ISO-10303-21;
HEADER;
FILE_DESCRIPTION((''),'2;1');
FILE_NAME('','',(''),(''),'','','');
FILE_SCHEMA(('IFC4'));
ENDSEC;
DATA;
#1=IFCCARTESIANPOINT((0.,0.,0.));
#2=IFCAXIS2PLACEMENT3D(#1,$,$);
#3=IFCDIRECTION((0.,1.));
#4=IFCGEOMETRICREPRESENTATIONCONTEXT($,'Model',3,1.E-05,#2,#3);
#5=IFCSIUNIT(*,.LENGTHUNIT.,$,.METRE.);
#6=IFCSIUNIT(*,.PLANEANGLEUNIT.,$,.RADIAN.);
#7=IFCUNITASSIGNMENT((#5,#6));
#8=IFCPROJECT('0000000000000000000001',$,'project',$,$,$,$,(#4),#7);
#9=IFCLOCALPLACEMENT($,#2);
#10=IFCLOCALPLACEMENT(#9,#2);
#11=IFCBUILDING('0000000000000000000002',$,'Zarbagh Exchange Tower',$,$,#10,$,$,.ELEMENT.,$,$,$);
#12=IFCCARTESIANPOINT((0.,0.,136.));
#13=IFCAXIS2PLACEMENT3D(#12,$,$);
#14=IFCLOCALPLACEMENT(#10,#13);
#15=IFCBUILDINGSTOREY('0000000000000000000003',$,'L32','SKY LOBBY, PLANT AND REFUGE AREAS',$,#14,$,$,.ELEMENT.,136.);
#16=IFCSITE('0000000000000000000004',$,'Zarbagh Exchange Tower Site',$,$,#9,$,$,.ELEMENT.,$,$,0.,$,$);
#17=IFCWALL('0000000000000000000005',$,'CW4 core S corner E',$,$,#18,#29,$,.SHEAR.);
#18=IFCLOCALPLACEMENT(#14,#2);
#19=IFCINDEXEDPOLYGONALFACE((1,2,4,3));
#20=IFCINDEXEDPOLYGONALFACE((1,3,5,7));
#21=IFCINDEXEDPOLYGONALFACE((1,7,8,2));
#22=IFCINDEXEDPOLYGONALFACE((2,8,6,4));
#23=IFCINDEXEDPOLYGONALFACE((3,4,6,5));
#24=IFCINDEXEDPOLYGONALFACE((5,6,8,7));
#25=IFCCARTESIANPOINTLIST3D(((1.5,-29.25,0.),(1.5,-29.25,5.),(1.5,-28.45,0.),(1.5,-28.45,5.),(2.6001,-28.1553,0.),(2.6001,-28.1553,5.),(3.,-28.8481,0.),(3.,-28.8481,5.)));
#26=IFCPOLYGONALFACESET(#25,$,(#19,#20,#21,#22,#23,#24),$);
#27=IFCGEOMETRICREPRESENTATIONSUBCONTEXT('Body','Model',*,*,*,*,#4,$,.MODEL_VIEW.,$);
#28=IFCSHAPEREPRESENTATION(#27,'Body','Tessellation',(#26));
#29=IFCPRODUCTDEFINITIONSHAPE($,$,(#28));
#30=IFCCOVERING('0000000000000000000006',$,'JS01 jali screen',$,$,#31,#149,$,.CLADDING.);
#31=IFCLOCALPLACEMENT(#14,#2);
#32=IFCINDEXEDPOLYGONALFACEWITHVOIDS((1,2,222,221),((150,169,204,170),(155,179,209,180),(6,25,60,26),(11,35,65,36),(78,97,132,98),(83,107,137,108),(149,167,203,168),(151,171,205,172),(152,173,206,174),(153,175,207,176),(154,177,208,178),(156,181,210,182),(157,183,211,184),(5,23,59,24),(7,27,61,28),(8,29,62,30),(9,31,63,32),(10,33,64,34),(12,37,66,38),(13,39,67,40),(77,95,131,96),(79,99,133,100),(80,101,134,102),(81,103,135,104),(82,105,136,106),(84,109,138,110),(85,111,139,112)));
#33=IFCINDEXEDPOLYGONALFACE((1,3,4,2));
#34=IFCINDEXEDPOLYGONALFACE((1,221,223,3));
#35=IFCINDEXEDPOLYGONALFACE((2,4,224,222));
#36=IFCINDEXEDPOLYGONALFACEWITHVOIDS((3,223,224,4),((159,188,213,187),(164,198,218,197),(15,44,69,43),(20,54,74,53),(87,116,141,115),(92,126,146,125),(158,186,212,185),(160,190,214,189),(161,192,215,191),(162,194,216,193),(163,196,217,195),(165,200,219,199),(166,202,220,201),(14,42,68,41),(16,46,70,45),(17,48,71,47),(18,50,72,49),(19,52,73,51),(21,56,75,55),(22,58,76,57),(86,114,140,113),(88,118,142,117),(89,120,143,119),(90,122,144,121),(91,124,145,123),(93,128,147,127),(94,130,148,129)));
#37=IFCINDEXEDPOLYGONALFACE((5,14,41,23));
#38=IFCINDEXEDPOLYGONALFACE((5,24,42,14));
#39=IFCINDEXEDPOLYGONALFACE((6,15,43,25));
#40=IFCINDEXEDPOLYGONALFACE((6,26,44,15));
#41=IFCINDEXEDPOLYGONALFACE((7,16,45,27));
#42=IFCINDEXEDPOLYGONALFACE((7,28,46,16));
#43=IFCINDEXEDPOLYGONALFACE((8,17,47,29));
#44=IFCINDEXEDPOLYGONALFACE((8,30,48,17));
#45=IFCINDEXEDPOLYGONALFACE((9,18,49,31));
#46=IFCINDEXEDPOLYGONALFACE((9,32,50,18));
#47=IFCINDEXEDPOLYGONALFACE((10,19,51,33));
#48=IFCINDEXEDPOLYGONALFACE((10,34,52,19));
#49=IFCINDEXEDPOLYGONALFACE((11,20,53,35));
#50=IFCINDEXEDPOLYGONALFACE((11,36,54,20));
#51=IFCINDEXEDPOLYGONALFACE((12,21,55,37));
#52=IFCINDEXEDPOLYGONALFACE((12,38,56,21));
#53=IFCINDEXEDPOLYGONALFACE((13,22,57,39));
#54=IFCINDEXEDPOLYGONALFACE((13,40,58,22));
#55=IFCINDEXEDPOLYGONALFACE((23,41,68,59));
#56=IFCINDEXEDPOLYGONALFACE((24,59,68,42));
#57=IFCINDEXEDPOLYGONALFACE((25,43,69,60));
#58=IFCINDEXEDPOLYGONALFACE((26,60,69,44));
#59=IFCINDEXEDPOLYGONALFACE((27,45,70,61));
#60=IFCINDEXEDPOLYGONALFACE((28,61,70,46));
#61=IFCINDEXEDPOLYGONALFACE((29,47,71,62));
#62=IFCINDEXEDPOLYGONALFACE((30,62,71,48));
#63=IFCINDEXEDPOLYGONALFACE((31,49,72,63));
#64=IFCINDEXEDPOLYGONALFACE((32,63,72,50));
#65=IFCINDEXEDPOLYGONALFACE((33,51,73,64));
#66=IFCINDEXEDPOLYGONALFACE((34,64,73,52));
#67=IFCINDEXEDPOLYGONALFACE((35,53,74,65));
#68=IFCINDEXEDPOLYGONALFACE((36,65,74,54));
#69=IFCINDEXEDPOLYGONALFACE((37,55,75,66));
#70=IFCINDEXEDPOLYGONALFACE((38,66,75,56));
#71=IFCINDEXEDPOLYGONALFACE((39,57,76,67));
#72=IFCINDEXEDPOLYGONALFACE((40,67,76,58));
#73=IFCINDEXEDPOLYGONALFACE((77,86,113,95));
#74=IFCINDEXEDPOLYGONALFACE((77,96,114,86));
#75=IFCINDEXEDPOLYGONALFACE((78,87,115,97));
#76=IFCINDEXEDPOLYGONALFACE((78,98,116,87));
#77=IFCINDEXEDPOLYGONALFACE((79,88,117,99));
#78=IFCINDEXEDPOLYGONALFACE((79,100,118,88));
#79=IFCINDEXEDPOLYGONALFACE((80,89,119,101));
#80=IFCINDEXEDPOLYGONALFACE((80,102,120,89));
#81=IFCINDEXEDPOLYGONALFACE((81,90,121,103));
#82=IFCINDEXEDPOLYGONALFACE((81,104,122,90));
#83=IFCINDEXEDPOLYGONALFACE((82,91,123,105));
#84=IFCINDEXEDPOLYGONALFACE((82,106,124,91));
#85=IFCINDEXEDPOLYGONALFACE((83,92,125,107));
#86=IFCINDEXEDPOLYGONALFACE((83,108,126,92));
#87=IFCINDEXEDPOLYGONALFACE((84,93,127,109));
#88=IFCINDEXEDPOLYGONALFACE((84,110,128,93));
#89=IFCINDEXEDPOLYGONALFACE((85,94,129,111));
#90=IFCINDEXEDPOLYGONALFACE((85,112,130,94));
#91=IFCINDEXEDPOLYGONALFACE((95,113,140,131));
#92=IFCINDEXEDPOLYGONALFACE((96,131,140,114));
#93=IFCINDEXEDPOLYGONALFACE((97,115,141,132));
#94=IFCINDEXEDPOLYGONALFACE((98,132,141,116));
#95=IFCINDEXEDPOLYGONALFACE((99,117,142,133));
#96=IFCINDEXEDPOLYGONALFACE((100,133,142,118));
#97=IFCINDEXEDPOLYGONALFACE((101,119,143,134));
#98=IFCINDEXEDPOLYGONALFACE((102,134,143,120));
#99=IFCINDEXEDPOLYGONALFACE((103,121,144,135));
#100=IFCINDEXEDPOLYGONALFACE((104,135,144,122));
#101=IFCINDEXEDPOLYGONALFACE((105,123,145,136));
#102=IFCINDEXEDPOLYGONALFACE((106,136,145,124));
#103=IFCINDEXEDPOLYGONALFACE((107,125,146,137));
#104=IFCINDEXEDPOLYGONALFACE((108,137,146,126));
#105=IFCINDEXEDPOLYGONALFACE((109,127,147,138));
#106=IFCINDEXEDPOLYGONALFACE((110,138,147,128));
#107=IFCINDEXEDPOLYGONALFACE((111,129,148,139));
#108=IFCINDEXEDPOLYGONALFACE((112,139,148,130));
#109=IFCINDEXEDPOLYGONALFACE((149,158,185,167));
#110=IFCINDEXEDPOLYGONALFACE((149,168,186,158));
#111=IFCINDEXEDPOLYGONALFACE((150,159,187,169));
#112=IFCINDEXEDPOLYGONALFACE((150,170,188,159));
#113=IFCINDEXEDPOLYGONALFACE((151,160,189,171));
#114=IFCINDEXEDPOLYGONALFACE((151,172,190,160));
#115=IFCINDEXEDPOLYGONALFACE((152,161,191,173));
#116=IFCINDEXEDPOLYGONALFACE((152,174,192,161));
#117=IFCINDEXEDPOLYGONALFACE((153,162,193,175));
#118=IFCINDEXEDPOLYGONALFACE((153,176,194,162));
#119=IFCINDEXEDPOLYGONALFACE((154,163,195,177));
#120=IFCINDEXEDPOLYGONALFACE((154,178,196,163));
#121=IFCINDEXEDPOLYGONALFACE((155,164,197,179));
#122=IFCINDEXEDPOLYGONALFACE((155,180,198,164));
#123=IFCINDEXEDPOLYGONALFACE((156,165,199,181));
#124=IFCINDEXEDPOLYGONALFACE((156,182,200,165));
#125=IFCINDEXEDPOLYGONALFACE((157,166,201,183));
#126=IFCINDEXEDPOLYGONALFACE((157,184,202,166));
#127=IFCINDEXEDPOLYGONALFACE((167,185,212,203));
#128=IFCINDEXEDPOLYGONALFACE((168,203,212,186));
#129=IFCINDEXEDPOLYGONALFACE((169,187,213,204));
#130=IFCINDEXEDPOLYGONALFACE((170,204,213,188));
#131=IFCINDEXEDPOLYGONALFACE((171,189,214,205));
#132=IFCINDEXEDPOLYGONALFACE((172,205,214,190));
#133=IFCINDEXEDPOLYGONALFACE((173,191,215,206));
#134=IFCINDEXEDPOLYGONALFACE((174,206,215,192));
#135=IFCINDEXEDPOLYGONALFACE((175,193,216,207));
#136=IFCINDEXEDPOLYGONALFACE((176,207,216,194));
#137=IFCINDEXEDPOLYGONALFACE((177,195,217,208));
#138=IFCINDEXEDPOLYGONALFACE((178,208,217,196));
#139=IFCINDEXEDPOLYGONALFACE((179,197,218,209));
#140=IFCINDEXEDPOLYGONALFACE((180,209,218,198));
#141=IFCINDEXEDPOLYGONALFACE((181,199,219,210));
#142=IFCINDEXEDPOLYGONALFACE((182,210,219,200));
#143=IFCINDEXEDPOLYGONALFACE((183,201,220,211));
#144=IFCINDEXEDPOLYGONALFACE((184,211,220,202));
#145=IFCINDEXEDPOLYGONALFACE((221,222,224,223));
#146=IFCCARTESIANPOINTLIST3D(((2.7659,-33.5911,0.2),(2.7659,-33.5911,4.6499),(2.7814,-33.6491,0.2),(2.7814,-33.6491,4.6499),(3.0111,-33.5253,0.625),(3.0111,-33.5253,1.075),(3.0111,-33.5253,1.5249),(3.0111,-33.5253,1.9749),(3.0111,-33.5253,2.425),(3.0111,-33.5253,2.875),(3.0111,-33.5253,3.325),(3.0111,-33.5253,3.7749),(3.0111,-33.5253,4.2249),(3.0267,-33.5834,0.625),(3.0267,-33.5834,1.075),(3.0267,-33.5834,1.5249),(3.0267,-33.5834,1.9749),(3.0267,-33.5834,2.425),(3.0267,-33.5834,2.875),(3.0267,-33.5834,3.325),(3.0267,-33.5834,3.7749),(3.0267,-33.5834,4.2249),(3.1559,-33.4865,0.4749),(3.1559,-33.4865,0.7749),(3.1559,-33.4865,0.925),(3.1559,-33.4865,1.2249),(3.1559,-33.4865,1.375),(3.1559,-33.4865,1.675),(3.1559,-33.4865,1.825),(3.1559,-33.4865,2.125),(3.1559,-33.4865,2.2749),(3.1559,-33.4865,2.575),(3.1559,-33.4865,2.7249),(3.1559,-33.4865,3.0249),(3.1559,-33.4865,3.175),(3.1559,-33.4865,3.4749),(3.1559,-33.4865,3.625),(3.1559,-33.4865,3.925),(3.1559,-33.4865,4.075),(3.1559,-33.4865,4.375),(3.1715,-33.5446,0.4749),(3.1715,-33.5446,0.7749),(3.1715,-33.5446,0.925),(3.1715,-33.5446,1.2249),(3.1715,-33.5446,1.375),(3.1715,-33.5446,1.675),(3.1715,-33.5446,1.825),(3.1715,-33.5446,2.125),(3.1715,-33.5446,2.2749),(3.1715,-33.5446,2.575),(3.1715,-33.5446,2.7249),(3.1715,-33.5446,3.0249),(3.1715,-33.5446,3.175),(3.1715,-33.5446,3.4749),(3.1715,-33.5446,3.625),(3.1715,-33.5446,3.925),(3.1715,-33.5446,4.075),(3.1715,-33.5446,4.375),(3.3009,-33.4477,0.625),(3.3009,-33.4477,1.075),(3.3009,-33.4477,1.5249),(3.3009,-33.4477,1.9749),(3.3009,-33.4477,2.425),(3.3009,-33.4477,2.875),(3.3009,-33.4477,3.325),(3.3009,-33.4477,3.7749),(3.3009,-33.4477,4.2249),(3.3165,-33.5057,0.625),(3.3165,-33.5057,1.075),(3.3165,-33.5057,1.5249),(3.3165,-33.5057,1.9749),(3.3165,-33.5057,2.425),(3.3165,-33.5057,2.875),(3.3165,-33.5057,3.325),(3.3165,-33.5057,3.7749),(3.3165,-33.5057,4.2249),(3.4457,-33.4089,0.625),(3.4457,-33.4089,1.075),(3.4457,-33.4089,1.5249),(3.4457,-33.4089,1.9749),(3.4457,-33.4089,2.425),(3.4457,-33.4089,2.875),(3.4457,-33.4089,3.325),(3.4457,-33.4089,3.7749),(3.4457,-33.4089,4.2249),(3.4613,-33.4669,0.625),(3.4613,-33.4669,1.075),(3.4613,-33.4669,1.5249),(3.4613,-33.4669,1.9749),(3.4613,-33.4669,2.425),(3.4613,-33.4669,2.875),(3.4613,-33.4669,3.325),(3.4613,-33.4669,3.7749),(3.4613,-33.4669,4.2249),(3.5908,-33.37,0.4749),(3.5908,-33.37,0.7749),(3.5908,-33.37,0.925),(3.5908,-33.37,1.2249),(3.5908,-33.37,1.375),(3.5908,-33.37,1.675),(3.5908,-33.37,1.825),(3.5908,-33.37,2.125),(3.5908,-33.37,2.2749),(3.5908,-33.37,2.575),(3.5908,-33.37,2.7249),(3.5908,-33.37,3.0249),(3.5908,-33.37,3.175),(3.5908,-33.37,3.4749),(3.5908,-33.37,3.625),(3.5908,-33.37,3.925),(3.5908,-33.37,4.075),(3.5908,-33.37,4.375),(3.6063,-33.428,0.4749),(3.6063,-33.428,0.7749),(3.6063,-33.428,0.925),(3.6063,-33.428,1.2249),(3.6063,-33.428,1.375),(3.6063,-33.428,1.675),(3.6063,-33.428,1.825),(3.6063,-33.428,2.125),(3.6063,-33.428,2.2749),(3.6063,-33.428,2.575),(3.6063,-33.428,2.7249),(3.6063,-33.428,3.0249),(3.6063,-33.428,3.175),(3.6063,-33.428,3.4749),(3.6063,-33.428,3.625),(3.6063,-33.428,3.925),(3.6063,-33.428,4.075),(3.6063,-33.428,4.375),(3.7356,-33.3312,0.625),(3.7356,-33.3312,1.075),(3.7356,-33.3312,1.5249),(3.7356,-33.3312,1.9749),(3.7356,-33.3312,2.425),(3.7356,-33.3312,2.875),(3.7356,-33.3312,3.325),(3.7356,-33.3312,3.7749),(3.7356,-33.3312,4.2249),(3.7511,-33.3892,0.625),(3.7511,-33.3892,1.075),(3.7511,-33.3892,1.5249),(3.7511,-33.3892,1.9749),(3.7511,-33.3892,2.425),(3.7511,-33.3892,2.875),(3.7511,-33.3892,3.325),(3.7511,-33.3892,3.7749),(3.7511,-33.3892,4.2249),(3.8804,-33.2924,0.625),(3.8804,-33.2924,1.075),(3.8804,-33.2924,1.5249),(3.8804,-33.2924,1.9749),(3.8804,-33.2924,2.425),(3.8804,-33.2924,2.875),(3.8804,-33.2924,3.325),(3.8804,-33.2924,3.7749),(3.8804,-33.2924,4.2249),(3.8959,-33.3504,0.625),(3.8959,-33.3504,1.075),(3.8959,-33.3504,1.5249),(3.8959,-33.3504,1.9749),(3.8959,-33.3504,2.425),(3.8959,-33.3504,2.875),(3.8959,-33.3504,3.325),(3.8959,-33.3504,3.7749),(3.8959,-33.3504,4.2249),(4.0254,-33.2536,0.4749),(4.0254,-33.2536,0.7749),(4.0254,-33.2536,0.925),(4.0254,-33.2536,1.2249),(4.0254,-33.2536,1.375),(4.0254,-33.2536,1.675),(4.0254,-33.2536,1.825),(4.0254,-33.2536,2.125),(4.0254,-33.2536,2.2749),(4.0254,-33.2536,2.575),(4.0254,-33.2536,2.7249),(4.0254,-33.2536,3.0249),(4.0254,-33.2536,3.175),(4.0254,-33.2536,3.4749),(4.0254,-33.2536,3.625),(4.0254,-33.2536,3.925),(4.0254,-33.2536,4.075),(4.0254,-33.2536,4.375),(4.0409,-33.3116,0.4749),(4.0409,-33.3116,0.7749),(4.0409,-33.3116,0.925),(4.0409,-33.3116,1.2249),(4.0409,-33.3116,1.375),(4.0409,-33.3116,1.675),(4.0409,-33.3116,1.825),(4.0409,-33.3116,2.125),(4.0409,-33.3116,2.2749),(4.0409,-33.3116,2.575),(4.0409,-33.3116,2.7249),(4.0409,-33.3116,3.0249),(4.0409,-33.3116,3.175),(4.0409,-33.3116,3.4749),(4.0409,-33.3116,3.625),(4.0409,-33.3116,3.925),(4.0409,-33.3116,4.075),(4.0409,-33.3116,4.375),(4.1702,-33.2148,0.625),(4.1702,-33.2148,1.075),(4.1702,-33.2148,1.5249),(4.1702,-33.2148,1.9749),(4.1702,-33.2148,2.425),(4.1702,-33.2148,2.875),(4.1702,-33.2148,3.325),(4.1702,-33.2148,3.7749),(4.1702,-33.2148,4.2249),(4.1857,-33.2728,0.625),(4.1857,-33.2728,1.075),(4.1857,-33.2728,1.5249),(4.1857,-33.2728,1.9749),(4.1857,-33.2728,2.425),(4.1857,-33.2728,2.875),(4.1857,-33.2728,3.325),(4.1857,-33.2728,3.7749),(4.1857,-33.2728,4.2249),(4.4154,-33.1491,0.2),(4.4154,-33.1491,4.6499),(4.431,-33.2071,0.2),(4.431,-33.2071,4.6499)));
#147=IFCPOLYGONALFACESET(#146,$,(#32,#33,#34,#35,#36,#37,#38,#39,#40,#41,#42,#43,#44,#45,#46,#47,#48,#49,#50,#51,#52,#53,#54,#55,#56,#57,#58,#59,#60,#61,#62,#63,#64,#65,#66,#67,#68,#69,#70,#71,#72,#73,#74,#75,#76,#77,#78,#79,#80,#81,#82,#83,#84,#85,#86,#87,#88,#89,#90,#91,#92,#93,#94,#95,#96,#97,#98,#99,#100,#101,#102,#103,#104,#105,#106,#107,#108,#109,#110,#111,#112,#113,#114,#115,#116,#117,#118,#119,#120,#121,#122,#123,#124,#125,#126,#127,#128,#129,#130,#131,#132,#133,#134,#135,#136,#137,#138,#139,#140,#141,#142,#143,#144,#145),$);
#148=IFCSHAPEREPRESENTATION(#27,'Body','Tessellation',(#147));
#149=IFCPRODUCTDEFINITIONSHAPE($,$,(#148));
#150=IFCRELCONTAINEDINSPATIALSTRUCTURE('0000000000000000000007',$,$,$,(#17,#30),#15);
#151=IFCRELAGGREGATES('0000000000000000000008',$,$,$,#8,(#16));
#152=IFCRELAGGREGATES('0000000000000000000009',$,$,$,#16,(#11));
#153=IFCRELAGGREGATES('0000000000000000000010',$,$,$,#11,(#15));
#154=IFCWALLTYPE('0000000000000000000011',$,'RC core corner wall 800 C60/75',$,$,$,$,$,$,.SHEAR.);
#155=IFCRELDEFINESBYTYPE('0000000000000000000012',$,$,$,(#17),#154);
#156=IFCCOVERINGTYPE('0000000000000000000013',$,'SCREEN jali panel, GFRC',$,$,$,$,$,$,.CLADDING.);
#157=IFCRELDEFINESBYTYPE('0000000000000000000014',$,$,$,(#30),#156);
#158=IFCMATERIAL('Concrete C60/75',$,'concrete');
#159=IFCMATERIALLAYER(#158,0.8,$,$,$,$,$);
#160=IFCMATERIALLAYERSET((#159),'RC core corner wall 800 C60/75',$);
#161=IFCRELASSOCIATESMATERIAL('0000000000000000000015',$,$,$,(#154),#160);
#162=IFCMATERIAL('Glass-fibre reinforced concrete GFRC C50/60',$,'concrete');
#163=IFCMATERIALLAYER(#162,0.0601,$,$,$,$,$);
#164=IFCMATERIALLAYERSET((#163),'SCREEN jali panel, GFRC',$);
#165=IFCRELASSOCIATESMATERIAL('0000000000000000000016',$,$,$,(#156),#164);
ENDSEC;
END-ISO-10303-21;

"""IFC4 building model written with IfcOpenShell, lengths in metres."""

from ifc_helpers import new_model, si_unit, direction, frame, origin, place, context, subcontext, project, spatial, polyline, outline, extrude, source, transform, mapped, material, layer, layer_set, type_object, element, save


model = new_model("IFC4")

# Units and contexts
model_context = context("Model", 3, precision=1e-05, world=origin(), true_north=direction((0.0, 1.0)))
body_context = subcontext(model_context, "Body", "Model", "MODEL_VIEW")
ifc_project = project(units=[si_unit("LENGTHUNIT", "METRE"), si_unit("PLANEANGLEUNIT", "RADIAN")], contexts=[model_context])

# Site, building, storey
site_placement = place(None, origin())
site = spatial("IfcSite", under=ifc_project, at=site_placement, Name="Zarbagh Exchange Tower Site", CompositionType="ELEMENT", RefElevation=0.0)
building_placement = place(site_placement, origin())
building = spatial("IfcBuilding", under=site, at=building_placement, Name="Zarbagh Exchange Tower", CompositionType="ELEMENT")
storey_placement = place(building_placement, frame((0.0, 0.0, 136.0)))
storey = spatial("IfcBuildingStorey", under=building, at=storey_placement, Name="L32", Description="SKY LOBBY, PLANT AND REFUGE AREAS", CompositionType="ELEMENT", Elevation=136.0)

# Wall
ifc_material_1 = material(Name="Concrete C60/75", Category="concrete")
ifc_layer_1 = layer(ifc_material_1, 0.8)
ifc_layer_set_1 = layer_set([ifc_layer_1], Name="RC core corner wall 800 C60/75")
wall_type_1 = type_object("IfcWallType", Name="RC core corner wall 800 C60/75", PredefinedType="SHEAR", material=ifc_layer_set_1)
wall_1_placement = place(storey_placement, origin())
element("IfcWall", 1, at=wall_1_placement, inside=storey, type_object=wall_type_1, Name="CW4 core S corner E", PredefinedType="SHEAR", context=body_context, shape_type="SweptSolid", body=[
    extrude(outline(polyline([(3.0, -28.8481), (1.5, -29.25), (1.5, -28.45), (2.6001, -28.1553), (3.0, -28.8481)])), origin(), (0.0, 0.0, 1.0), 5.0),
])

# Covering
ifc_material_2 = material(Name="Glass-fibre reinforced concrete GFRC C50/60", Category="concrete")
ifc_layer_2 = layer(ifc_material_2, 0.0601)
ifc_layer_set_2 = layer_set([ifc_layer_2], Name="SCREEN jali panel, GFRC")
covering_type = type_object("IfcCoveringType", Name="SCREEN jali panel, GFRC", PredefinedType="CLADDING", material=ifc_layer_set_2)
placement = place(storey_placement, origin())
shared_shape_1 = source(origin(), body_context, "Body", "SweptSolid", [
    extrude(outline(polyline([(0.0, 0.0), (1.7078, 0.0), (1.7078, 4.45), (0.0, 4.45), (0.0, 0.0)]), holes=[polyline([(0.2539, 0.425), (0.4038, 0.2749), (0.554, 0.425), (0.4038, 0.575), (0.2539, 0.425)]), polyline([(0.2539, 0.875), (0.4038, 0.7251), (0.554, 0.875), (0.4038, 1.0249), (0.2539, 0.875)]), polyline([(0.2539, 1.325), (0.4038, 1.175), (0.554, 1.325), (0.4038, 1.4751), (0.2539, 1.325)]), polyline([(0.2539, 1.7749), (0.4038, 1.625), (0.554, 1.7749), (0.4038, 1.925), (0.2539, 1.7749)]), polyline([(0.2539, 2.2251), (0.4038, 2.075), (0.554, 2.2251), (0.4038, 2.375), (0.2539, 2.2251)]), polyline([(0.2539, 2.675), (0.4038, 2.5249), (0.554, 2.675), (0.4038, 2.825), (0.2539, 2.675)]), polyline([(0.2539, 3.125), (0.4038, 2.9751), (0.554, 3.125), (0.4038, 3.2749), (0.2539, 3.125)]), polyline([(0.2539, 3.575), (0.4038, 3.425), (0.554, 3.575), (0.4038, 3.7251), (0.2539, 3.575)]), polyline([(0.2539, 4.0249), (0.4038, 3.875), (0.554, 4.0249), (0.4038, 4.175), (0.2539, 4.0249)]), polyline([(0.7039, 0.425), (0.854, 0.2749), (1.0039, 0.425), (0.854, 0.575), (0.7039, 0.425)]), polyline([(0.7039, 0.875), (0.854, 0.7251), (1.0039, 0.875), (0.854, 1.0249), (0.7039, 0.875)]), polyline([(0.7039, 1.325), (0.854, 1.175), (1.0039, 1.325), (0.854, 1.4751), (0.7039, 1.325)]), polyline([(0.7039, 1.7749), (0.854, 1.625), (1.0039, 1.7749), (0.854, 1.925), (0.7039, 1.7749)]), polyline([(0.7039, 2.2251), (0.854, 2.075), (1.0039, 2.2251), (0.854, 2.375), (0.7039, 2.2251)]), polyline([(0.7039, 2.675), (0.854, 2.5249), (1.0039, 2.675), (0.854, 2.825), (0.7039, 2.675)]), polyline([(0.7039, 3.125), (0.854, 2.9751), (1.0039, 3.125), (0.854, 3.2749), (0.7039, 3.125)]), polyline([(0.7039, 3.575), (0.854, 3.425), (1.0039, 3.575), (0.854, 3.7251), (0.7039, 3.575)]), polyline([(0.7039, 4.0249), (0.854, 3.875), (1.0039, 4.0249), (0.854, 4.175), (0.7039, 4.0249)]), polyline([(1.1538, 0.425), (1.304, 0.2749), (1.4539, 0.425), (1.304, 0.575), (1.1538, 0.425)]), polyline([(1.1538, 0.875), (1.304, 0.7251), (1.4539, 0.875), (1.304, 1.0249), (1.1538, 0.875)]), polyline([(1.1538, 1.325), (1.304, 1.175), (1.4539, 1.325), (1.304, 1.4751), (1.1538, 1.325)]), polyline([(1.1538, 1.7749), (1.304, 1.625), (1.4539, 1.7749), (1.304, 1.925), (1.1538, 1.7749)]), polyline([(1.1538, 2.2251), (1.304, 2.075), (1.4539, 2.2251), (1.304, 2.375), (1.1538, 2.2251)]), polyline([(1.1538, 2.675), (1.304, 2.5249), (1.4539, 2.675), (1.304, 2.825), (1.1538, 2.675)]), polyline([(1.1538, 3.125), (1.304, 2.9751), (1.4539, 3.125), (1.304, 3.2749), (1.1538, 3.125)]), polyline([(1.1538, 3.575), (1.304, 3.425), (1.4539, 3.575), (1.304, 3.7251), (1.1538, 3.575)]), polyline([(1.1538, 4.0249), (1.304, 3.875), (1.4539, 4.0249), (1.304, 4.175), (1.1538, 4.0249)])]), origin(), (0.0, 0.0, 1.0), 0.0601),
])
element("IfcCovering", 2, at=placement, inside=storey, type_object=covering_type, Name="JS01 jali screen", PredefinedType="CLADDING", context=body_context, shape_type="MappedRepresentation", body=[
    mapped(shared_shape_1, transform((2.7659, -33.5911, 0.2), x_axis=(0.965924, 0.258825, 0.0), y_axis=(0.0, 0.0, 1.0), z_axis=(0.258825, -0.965924, 0.0))),
])

save(model, "model.ifc")
